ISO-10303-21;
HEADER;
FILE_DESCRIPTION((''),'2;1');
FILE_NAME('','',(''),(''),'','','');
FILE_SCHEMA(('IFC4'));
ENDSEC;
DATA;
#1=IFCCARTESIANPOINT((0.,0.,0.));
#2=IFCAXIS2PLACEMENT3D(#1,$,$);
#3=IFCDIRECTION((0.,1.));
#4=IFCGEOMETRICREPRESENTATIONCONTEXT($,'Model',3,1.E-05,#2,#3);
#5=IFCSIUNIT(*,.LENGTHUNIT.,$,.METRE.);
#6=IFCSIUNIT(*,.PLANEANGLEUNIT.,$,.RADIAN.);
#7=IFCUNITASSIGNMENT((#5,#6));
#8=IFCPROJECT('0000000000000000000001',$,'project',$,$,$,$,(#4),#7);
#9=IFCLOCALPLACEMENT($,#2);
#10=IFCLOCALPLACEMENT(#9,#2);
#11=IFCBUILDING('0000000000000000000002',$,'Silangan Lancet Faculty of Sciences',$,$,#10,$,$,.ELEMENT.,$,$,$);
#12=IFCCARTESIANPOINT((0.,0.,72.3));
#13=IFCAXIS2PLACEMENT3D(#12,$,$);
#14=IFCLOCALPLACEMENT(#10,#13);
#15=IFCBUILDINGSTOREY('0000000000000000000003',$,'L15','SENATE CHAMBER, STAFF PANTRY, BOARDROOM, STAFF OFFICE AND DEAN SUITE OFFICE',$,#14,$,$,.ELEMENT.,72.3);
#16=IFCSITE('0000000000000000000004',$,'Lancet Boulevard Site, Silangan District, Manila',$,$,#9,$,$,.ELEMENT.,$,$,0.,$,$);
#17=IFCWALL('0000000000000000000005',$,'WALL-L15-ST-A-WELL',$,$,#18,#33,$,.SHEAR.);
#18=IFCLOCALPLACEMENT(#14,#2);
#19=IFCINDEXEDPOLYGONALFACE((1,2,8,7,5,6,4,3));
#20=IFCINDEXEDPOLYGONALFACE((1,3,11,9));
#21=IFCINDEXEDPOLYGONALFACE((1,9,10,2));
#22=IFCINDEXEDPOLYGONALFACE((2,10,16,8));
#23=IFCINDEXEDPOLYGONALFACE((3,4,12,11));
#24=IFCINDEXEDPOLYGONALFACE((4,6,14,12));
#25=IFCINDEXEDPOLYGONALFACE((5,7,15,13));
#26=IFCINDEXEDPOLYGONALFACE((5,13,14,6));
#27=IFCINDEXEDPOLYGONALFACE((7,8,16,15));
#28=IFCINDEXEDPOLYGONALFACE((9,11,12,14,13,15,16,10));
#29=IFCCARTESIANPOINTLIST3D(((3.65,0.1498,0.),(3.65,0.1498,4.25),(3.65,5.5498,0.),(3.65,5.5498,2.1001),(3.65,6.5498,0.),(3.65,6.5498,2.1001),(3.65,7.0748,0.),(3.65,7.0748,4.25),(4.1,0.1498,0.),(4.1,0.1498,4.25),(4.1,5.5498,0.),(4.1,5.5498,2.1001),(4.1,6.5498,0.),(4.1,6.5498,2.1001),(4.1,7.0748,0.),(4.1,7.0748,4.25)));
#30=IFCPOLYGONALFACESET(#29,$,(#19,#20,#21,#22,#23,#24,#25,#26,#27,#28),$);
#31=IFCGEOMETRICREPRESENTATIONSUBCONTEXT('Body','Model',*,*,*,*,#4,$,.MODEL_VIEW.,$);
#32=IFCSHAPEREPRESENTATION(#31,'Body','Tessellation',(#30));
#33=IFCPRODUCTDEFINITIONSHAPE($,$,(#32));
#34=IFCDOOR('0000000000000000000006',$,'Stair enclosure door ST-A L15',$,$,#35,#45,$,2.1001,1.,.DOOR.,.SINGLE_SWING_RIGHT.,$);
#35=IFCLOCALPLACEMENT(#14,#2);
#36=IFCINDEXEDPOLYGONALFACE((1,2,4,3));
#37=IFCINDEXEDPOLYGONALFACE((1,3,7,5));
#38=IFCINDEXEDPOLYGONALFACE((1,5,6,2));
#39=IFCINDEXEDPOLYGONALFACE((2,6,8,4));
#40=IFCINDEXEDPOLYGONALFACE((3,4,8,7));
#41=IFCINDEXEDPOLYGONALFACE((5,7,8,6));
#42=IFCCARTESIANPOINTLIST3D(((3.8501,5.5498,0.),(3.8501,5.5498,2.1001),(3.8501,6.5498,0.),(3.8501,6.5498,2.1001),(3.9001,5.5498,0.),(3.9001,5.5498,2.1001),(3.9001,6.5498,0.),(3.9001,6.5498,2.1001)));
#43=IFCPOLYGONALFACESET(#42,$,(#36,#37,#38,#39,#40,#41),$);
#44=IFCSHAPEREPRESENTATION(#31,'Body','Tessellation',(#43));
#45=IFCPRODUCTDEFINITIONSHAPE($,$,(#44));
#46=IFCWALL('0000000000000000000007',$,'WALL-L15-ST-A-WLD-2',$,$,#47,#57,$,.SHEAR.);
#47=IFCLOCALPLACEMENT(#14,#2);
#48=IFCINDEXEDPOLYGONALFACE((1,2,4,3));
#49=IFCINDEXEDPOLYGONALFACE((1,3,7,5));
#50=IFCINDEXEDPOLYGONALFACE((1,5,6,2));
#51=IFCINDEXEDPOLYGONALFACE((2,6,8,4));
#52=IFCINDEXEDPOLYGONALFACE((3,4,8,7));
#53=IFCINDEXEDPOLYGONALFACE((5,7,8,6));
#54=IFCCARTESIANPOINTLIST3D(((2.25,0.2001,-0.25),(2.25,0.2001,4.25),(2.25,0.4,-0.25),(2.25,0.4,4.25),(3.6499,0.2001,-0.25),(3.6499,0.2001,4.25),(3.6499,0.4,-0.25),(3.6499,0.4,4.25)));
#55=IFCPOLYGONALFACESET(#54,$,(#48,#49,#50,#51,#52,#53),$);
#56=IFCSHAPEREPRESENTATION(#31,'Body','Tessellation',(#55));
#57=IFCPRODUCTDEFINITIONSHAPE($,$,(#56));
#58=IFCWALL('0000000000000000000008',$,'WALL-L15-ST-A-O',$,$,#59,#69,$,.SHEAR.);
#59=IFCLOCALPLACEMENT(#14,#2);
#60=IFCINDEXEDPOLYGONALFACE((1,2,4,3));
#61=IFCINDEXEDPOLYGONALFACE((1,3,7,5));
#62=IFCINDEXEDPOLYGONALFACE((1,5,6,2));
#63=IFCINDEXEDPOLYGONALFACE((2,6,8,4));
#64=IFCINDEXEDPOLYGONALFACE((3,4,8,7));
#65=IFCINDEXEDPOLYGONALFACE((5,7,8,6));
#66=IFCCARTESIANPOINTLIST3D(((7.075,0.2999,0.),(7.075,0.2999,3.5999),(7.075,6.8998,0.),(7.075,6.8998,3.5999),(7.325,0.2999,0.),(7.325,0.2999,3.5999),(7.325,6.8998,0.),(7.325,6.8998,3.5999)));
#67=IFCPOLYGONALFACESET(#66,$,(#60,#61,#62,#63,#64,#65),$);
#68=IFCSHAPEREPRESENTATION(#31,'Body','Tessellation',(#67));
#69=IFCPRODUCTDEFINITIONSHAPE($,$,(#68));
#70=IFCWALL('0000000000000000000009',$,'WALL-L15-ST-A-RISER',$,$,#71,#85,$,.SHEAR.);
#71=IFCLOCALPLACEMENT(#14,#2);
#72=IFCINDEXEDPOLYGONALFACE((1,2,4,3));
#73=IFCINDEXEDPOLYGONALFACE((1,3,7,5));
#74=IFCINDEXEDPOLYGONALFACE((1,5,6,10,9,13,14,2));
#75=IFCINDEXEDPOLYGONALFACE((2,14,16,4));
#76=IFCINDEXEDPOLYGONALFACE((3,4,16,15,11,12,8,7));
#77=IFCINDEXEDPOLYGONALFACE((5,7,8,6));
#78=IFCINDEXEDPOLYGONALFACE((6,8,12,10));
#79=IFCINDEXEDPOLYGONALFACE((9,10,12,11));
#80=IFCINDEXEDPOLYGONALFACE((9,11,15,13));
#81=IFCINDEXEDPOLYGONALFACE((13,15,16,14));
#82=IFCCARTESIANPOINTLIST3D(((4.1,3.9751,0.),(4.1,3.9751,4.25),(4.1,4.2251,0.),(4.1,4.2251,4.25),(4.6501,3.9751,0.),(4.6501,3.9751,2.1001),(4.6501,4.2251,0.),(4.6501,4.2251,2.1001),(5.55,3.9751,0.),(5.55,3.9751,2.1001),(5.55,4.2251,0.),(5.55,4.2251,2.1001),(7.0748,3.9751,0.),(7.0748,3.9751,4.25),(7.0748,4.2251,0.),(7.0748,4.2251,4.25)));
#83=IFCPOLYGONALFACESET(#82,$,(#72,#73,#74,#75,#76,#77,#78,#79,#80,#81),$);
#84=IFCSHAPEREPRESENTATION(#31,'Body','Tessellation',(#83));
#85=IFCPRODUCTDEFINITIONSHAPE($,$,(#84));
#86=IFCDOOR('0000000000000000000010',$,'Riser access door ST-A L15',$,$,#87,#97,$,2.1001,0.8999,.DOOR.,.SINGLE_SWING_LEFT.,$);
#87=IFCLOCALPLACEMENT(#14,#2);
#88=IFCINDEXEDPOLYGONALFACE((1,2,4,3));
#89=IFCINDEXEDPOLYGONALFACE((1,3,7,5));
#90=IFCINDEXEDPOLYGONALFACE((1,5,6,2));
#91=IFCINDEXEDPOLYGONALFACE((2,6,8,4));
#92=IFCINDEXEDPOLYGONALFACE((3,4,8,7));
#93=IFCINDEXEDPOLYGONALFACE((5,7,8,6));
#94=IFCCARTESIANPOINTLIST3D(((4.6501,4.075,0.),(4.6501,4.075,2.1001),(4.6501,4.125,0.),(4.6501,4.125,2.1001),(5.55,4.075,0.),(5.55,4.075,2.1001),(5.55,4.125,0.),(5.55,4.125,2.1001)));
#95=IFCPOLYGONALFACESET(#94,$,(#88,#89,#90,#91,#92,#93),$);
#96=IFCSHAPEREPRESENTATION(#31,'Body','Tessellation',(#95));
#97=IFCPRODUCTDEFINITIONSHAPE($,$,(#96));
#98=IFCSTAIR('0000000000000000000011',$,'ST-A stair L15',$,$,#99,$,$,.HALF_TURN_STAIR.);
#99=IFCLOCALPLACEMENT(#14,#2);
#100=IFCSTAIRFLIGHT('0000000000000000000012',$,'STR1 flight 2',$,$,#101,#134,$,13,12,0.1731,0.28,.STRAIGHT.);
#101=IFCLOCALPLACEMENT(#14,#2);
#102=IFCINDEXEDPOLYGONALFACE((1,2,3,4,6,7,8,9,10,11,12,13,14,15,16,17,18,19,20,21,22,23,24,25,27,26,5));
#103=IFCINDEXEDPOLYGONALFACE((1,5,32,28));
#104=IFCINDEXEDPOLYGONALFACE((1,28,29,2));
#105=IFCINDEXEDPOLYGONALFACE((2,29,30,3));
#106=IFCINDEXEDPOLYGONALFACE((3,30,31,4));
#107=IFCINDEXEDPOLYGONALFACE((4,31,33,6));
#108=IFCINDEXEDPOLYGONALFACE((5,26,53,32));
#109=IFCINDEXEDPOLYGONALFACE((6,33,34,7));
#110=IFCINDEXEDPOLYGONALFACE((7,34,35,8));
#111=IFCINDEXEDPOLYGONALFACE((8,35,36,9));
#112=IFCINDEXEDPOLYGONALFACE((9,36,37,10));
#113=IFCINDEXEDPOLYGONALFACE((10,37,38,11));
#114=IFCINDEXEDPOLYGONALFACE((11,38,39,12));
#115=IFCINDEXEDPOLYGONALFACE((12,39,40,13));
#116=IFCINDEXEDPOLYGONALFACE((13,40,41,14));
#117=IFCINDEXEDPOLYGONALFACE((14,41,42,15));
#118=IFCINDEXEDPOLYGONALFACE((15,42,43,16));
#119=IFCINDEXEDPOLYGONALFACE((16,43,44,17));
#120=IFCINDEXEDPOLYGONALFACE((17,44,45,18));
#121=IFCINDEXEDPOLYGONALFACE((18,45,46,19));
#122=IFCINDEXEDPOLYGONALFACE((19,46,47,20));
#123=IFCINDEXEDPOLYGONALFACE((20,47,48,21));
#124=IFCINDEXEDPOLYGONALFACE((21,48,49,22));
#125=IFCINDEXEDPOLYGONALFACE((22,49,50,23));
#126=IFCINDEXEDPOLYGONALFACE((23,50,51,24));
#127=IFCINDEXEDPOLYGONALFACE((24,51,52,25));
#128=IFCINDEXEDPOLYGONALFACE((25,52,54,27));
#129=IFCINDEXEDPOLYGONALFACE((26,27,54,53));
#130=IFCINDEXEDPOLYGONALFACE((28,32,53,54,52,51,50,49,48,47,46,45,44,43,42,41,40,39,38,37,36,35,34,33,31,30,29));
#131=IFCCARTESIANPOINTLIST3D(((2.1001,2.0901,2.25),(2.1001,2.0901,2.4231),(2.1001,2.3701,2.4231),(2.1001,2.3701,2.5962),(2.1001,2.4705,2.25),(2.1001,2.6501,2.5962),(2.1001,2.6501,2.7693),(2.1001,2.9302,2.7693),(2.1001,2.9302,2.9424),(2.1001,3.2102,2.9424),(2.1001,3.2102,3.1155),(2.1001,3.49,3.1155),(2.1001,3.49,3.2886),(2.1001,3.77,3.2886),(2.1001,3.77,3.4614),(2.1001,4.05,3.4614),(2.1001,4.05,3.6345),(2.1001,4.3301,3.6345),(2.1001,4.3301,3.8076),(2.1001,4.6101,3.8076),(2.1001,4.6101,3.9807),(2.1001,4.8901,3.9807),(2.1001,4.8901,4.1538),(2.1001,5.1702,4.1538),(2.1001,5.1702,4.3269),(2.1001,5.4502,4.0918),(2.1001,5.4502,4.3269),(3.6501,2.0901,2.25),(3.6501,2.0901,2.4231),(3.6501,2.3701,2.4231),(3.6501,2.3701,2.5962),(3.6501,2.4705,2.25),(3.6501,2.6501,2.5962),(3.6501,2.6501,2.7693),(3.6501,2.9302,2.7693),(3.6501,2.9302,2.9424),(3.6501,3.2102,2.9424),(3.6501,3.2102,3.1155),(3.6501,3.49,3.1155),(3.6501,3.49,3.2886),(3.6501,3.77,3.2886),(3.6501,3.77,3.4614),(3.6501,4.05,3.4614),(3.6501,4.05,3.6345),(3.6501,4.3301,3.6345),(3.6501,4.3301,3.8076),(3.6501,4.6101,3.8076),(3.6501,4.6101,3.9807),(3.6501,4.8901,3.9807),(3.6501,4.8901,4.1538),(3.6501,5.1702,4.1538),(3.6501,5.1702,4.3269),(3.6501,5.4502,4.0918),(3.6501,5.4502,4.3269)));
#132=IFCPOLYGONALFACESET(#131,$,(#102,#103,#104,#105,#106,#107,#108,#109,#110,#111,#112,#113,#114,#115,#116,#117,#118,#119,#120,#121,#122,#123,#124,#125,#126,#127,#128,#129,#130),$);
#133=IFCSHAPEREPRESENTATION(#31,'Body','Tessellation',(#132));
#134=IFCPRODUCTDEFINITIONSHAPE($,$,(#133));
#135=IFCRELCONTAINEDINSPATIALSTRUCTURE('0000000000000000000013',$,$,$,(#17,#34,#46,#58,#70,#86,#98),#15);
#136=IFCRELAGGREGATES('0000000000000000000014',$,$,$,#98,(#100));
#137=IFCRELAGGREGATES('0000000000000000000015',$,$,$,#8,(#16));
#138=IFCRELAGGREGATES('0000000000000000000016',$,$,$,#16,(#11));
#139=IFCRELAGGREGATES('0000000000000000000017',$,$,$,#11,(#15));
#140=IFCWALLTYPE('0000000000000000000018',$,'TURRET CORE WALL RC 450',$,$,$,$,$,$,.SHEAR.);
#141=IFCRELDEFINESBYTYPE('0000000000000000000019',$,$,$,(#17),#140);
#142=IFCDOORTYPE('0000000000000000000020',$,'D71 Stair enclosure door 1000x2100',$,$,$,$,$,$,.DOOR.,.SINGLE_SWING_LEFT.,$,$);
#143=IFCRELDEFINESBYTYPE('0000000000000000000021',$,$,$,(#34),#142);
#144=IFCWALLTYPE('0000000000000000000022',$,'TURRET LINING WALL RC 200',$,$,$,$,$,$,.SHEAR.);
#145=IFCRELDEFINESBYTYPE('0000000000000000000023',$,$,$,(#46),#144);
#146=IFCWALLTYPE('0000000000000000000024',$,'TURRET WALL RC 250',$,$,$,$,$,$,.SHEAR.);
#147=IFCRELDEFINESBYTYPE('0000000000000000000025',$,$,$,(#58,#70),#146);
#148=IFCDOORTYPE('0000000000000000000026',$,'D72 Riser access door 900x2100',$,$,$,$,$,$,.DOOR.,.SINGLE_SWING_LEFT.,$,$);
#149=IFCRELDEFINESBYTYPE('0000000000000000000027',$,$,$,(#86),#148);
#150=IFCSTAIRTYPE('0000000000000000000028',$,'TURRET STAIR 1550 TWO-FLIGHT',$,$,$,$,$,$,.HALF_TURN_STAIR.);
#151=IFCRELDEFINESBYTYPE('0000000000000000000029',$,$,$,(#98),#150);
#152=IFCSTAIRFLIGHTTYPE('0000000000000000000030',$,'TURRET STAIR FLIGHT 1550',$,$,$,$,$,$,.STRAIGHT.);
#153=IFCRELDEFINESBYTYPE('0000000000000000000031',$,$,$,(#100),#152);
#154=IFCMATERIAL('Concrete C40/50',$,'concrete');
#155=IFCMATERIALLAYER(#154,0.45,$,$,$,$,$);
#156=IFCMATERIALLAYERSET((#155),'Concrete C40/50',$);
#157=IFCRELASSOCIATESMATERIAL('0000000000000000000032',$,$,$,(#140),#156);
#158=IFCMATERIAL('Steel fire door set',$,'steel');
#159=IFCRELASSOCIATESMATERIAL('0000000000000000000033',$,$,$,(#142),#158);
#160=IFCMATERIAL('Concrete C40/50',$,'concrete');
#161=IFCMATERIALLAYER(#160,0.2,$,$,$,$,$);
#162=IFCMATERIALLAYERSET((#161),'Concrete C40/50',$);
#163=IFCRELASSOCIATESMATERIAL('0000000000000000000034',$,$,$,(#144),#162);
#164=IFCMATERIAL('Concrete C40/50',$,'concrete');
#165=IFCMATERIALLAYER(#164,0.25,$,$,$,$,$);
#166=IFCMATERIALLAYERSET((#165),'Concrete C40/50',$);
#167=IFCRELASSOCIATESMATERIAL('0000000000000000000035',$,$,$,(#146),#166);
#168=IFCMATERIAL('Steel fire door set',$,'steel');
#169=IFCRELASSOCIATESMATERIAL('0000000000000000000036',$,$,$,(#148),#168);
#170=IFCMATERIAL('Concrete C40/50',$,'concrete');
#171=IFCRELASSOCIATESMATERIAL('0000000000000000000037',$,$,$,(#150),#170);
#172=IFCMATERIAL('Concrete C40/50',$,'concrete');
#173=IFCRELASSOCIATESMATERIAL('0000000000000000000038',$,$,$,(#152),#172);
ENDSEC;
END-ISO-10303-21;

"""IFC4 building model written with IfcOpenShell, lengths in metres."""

from ifc_helpers import new_model, si_unit, direction, frame, frame_2d, origin, place, context, subcontext, project, spatial, polyline, rectangle, outline, extrude, material, layer, layer_set, type_object, element, fill, aggregate, save


model = new_model("IFC4")

# Units and contexts
model_context = context("Model", 3, precision=1e-05, world=origin(), true_north=direction((0.0, 1.0)))
body_context = subcontext(model_context, "Body", "Model", "MODEL_VIEW")
ifc_project = project(units=[si_unit("LENGTHUNIT", "METRE"), si_unit("PLANEANGLEUNIT", "RADIAN")], contexts=[model_context])

# Site, building, storey
site_placement = place(None, origin())
site = spatial("IfcSite", under=ifc_project, at=site_placement, Name="Lancet Boulevard Site, Silangan District, Manila", CompositionType="ELEMENT", RefElevation=0.0)
building_placement = place(site_placement, origin())
building = spatial("IfcBuilding", under=site, at=building_placement, Name="Silangan Lancet Faculty of Sciences", CompositionType="ELEMENT")
storey_placement = place(building_placement, frame((0.0, 0.0, 72.3)))
storey = spatial("IfcBuildingStorey", under=building, at=storey_placement, Name="L15", Description="SENATE CHAMBER, STAFF PANTRY, BOARDROOM, STAFF OFFICE AND DEAN SUITE OFFICE", CompositionType="ELEMENT", Elevation=72.3)

# Wall, opening, door
ifc_material_1 = material(Name="Concrete C40/50", Category="concrete")
ifc_layer_1 = layer(ifc_material_1, 0.45)
ifc_layer_set_1 = layer_set([ifc_layer_1], Name="Concrete C40/50")
wall_type_1 = type_object("IfcWallType", Name="TURRET CORE WALL RC 450", PredefinedType="SHEAR", material=ifc_layer_set_1)
wall_1_placement = place(storey_placement, frame((3.875, 0.1499, 0.0), z_axis=(0.0, 0.0, 1.0), x_axis=(0.0, 1.0, 0.0)))
wall_1 = element("IfcWall", 1, at=wall_1_placement, inside=storey, type_object=wall_type_1, Name="WALL-L15-ST-A-WELL", PredefinedType="SHEAR", context=body_context, shape_type="SweptSolid", body=[
    extrude(rectangle(XDim=6.925, YDim=0.45, at=frame_2d((3.4624, 0.0))), origin(), (0.0, 0.0, 1.0), 4.25),
])
opening_1_placement = place(wall_1_placement, frame((5.3999, 0.0, 0.0)))
opening_1 = element("IfcOpeningElement", 2, at=opening_1_placement, cuts=wall_1, PredefinedType="OPENING", context=body_context, shape_type="SweptSolid", body=[
    extrude(rectangle(XDim=1.0, YDim=2.1001, at=frame_2d((0.5, 1.05))), frame((0.0, 0.2349, 0.0), z_axis=(0.0, -1.0, 0.0), x_axis=(1.0, 0.0, 0.0)), (0.0, 0.0, 1.0), 0.47),
])
ifc_material_2 = material(Name="Steel fire door set", Category="steel")
door_type_1 = type_object("IfcDoorType", Name="D71 Stair enclosure door 1000x2100", OperationType="SINGLE_SWING_LEFT", PredefinedType="DOOR", material=ifc_material_2)
door_1_placement = place(opening_1_placement, origin())
door_1 = element("IfcDoor", 3, at=door_1_placement, inside=storey, type_object=door_type_1, Name="Stair enclosure door ST-A L15", OperationType="SINGLE_SWING_RIGHT", OverallHeight=2.1001, OverallWidth=1.0, PredefinedType="DOOR", context=body_context, shape_type="SweptSolid", body=[
    extrude(rectangle(XDim=1.0, YDim=2.1001, at=frame_2d((0.5, 1.05))), frame((0.0, 0.0249, 0.0), z_axis=(0.0, -1.0, 0.0), x_axis=(1.0, 0.0, 0.0)), (0.0, 0.0, 1.0), 0.05),
])
fill(opening_1, door_1)

# Walls
ifc_material_3 = material(Name="Concrete C40/50", Category="concrete")
ifc_layer_2 = layer(ifc_material_3, 0.2)
ifc_layer_set_2 = layer_set([ifc_layer_2], Name="Concrete C40/50")
wall_type_2 = type_object("IfcWallType", Name="TURRET LINING WALL RC 200", PredefinedType="SHEAR", material=ifc_layer_set_2)
wall_2_placement = place(storey_placement, frame((2.25, 0.3, -0.25), z_axis=(0.0, 0.0, 1.0), x_axis=(1.0, 0.0, 0.0)))
element("IfcWall", 4, at=wall_2_placement, inside=storey, type_object=wall_type_2, Name="WALL-L15-ST-A-WLD-2", PredefinedType="SHEAR", context=body_context, shape_type="SweptSolid", body=[
    extrude(rectangle(XDim=1.3999, YDim=0.2, at=frame_2d((0.7, 0.0))), origin(), (0.0, 0.0, 1.0), 4.5),
])
ifc_material_4 = material(Name="Concrete C40/50", Category="concrete")
ifc_layer_3 = layer(ifc_material_4, 0.25)
ifc_layer_set_3 = layer_set([ifc_layer_3], Name="Concrete C40/50")
wall_type_3 = type_object("IfcWallType", Name="TURRET WALL RC 250", PredefinedType="SHEAR", material=ifc_layer_set_3)
wall_3_placement = place(storey_placement, frame((7.2, 0.3, 0.0), z_axis=(0.0, 0.0, 1.0), x_axis=(0.0, 1.0, 0.0)))
element("IfcWall", 5, at=wall_3_placement, inside=storey, type_object=wall_type_3, Name="WALL-L15-ST-A-O", PredefinedType="SHEAR", context=body_context, shape_type="SweptSolid", body=[
    extrude(rectangle(XDim=6.5999, YDim=0.25, at=frame_2d((3.2998, 0.0))), origin(), (0.0, 0.0, 1.0), 3.5999),
])

# Wall, opening, door
wall_4_placement = place(storey_placement, frame((4.1001, 4.1001, 0.0), z_axis=(0.0, 0.0, 1.0), x_axis=(1.0, 0.0, 0.0)))
wall_4 = element("IfcWall", 6, at=wall_4_placement, inside=storey, type_object=wall_type_3, Name="WALL-L15-ST-A-RISER", PredefinedType="SHEAR", context=body_context, shape_type="SweptSolid", body=[
    extrude(rectangle(XDim=2.9749, YDim=0.25, at=frame_2d((1.4873, 0.0))), origin(), (0.0, 0.0, 1.0), 4.25),
])
opening_2_placement = place(wall_4_placement, frame((0.55, 0.0, 0.0)))
opening_2 = element("IfcOpeningElement", 7, at=opening_2_placement, cuts=wall_4, PredefinedType="OPENING", context=body_context, shape_type="SweptSolid", body=[
    extrude(rectangle(XDim=0.8999, YDim=2.1001, at=frame_2d((0.45, 1.05))), frame((0.0, 0.135, 0.0), z_axis=(0.0, -1.0, 0.0), x_axis=(1.0, 0.0, 0.0)), (0.0, 0.0, 1.0), 0.27),
])
ifc_material_5 = material(Name="Steel fire door set", Category="steel")
door_type_2 = type_object("IfcDoorType", Name="D72 Riser access door 900x2100", OperationType="SINGLE_SWING_LEFT", PredefinedType="DOOR", material=ifc_material_5)
door_2_placement = place(opening_2_placement, frame((0.8999, 0.0, 0.0), z_axis=(0.0, 0.0, 1.0), x_axis=(-1.0, 0.0, 0.0)))
door_2 = element("IfcDoor", 8, at=door_2_placement, inside=storey, type_object=door_type_2, Name="Riser access door ST-A L15", OperationType="SINGLE_SWING_LEFT", OverallHeight=2.1001, OverallWidth=0.8999, PredefinedType="DOOR", context=body_context, shape_type="SweptSolid", body=[
    extrude(rectangle(XDim=0.8999, YDim=2.1001, at=frame_2d((0.45, 1.05))), frame((0.0, 0.0251, 0.0), z_axis=(0.0, -1.0, 0.0), x_axis=(1.0, 0.0, 0.0)), (0.0, 0.0, 1.0), 0.05),
])
fill(opening_2, door_2)

# Stair, stair flight
ifc_material_6 = material(Name="Concrete C40/50", Category="concrete")
stair_type = type_object("IfcStairType", Name="TURRET STAIR 1550 TWO-FLIGHT", PredefinedType="HALF_TURN_STAIR", material=ifc_material_6)
stair_placement = place(storey_placement, origin())
stair = element("IfcStair", 9, at=stair_placement, inside=storey, type_object=stair_type, Name="ST-A stair L15", PredefinedType="HALF_TURN_STAIR")
ifc_material_7 = material(Name="Concrete C40/50", Category="concrete")
stair_flight_type = type_object("IfcStairFlightType", Name="TURRET STAIR FLIGHT 1550", PredefinedType="STRAIGHT", material=ifc_material_7)
stair_flight_placement = place(storey_placement, frame((2.875, 2.0901, 2.25), z_axis=(0.0, 0.0, 1.0), x_axis=(0.0, 1.0, 0.0)))
stair_flight = element("IfcStairFlight", 10, at=stair_flight_placement, type_object=stair_flight_type, Name="STR1 flight 2", NumberOfRisers=13, NumberOfTreads=12, PredefinedType="STRAIGHT", RiserHeight=0.1731, TreadLength=0.28, context=body_context, shape_type="SweptSolid", body=[
    extrude(outline(polyline([(0.0, 0.0), (0.0, 0.1731), (0.28, 0.1731), (0.28, 0.3462), (0.5601, 0.3462), (0.5601, 0.5193), (0.8401, 0.5193), (0.8401, 0.6924), (1.1201, 0.6924), (1.1201, 0.8655), (1.3999, 0.8655), (1.3999, 1.0386), (1.6799, 1.0386), (1.6799, 1.2114), (1.96, 1.2114), (1.96, 1.3845), (2.24, 1.3845), (2.24, 1.5576), (2.52, 1.5576), (2.52, 1.7307), (2.8, 1.7307), (2.8, 1.9038), (3.0801, 1.9038), (3.0801, 2.0769), (3.3601, 2.0769), (3.3601, 2.25), (3.3601, 1.8418), (0.3804, 0.0), (0.0, 0.0)])), frame((0.0, 0.7749, 0.0), z_axis=(0.0, -1.0, 0.0), x_axis=(1.0, 0.0, 0.0)), (0.0, 0.0, 1.0), 1.55),
])
aggregate(stair, [stair_flight])

save(model, "model.ifc")
